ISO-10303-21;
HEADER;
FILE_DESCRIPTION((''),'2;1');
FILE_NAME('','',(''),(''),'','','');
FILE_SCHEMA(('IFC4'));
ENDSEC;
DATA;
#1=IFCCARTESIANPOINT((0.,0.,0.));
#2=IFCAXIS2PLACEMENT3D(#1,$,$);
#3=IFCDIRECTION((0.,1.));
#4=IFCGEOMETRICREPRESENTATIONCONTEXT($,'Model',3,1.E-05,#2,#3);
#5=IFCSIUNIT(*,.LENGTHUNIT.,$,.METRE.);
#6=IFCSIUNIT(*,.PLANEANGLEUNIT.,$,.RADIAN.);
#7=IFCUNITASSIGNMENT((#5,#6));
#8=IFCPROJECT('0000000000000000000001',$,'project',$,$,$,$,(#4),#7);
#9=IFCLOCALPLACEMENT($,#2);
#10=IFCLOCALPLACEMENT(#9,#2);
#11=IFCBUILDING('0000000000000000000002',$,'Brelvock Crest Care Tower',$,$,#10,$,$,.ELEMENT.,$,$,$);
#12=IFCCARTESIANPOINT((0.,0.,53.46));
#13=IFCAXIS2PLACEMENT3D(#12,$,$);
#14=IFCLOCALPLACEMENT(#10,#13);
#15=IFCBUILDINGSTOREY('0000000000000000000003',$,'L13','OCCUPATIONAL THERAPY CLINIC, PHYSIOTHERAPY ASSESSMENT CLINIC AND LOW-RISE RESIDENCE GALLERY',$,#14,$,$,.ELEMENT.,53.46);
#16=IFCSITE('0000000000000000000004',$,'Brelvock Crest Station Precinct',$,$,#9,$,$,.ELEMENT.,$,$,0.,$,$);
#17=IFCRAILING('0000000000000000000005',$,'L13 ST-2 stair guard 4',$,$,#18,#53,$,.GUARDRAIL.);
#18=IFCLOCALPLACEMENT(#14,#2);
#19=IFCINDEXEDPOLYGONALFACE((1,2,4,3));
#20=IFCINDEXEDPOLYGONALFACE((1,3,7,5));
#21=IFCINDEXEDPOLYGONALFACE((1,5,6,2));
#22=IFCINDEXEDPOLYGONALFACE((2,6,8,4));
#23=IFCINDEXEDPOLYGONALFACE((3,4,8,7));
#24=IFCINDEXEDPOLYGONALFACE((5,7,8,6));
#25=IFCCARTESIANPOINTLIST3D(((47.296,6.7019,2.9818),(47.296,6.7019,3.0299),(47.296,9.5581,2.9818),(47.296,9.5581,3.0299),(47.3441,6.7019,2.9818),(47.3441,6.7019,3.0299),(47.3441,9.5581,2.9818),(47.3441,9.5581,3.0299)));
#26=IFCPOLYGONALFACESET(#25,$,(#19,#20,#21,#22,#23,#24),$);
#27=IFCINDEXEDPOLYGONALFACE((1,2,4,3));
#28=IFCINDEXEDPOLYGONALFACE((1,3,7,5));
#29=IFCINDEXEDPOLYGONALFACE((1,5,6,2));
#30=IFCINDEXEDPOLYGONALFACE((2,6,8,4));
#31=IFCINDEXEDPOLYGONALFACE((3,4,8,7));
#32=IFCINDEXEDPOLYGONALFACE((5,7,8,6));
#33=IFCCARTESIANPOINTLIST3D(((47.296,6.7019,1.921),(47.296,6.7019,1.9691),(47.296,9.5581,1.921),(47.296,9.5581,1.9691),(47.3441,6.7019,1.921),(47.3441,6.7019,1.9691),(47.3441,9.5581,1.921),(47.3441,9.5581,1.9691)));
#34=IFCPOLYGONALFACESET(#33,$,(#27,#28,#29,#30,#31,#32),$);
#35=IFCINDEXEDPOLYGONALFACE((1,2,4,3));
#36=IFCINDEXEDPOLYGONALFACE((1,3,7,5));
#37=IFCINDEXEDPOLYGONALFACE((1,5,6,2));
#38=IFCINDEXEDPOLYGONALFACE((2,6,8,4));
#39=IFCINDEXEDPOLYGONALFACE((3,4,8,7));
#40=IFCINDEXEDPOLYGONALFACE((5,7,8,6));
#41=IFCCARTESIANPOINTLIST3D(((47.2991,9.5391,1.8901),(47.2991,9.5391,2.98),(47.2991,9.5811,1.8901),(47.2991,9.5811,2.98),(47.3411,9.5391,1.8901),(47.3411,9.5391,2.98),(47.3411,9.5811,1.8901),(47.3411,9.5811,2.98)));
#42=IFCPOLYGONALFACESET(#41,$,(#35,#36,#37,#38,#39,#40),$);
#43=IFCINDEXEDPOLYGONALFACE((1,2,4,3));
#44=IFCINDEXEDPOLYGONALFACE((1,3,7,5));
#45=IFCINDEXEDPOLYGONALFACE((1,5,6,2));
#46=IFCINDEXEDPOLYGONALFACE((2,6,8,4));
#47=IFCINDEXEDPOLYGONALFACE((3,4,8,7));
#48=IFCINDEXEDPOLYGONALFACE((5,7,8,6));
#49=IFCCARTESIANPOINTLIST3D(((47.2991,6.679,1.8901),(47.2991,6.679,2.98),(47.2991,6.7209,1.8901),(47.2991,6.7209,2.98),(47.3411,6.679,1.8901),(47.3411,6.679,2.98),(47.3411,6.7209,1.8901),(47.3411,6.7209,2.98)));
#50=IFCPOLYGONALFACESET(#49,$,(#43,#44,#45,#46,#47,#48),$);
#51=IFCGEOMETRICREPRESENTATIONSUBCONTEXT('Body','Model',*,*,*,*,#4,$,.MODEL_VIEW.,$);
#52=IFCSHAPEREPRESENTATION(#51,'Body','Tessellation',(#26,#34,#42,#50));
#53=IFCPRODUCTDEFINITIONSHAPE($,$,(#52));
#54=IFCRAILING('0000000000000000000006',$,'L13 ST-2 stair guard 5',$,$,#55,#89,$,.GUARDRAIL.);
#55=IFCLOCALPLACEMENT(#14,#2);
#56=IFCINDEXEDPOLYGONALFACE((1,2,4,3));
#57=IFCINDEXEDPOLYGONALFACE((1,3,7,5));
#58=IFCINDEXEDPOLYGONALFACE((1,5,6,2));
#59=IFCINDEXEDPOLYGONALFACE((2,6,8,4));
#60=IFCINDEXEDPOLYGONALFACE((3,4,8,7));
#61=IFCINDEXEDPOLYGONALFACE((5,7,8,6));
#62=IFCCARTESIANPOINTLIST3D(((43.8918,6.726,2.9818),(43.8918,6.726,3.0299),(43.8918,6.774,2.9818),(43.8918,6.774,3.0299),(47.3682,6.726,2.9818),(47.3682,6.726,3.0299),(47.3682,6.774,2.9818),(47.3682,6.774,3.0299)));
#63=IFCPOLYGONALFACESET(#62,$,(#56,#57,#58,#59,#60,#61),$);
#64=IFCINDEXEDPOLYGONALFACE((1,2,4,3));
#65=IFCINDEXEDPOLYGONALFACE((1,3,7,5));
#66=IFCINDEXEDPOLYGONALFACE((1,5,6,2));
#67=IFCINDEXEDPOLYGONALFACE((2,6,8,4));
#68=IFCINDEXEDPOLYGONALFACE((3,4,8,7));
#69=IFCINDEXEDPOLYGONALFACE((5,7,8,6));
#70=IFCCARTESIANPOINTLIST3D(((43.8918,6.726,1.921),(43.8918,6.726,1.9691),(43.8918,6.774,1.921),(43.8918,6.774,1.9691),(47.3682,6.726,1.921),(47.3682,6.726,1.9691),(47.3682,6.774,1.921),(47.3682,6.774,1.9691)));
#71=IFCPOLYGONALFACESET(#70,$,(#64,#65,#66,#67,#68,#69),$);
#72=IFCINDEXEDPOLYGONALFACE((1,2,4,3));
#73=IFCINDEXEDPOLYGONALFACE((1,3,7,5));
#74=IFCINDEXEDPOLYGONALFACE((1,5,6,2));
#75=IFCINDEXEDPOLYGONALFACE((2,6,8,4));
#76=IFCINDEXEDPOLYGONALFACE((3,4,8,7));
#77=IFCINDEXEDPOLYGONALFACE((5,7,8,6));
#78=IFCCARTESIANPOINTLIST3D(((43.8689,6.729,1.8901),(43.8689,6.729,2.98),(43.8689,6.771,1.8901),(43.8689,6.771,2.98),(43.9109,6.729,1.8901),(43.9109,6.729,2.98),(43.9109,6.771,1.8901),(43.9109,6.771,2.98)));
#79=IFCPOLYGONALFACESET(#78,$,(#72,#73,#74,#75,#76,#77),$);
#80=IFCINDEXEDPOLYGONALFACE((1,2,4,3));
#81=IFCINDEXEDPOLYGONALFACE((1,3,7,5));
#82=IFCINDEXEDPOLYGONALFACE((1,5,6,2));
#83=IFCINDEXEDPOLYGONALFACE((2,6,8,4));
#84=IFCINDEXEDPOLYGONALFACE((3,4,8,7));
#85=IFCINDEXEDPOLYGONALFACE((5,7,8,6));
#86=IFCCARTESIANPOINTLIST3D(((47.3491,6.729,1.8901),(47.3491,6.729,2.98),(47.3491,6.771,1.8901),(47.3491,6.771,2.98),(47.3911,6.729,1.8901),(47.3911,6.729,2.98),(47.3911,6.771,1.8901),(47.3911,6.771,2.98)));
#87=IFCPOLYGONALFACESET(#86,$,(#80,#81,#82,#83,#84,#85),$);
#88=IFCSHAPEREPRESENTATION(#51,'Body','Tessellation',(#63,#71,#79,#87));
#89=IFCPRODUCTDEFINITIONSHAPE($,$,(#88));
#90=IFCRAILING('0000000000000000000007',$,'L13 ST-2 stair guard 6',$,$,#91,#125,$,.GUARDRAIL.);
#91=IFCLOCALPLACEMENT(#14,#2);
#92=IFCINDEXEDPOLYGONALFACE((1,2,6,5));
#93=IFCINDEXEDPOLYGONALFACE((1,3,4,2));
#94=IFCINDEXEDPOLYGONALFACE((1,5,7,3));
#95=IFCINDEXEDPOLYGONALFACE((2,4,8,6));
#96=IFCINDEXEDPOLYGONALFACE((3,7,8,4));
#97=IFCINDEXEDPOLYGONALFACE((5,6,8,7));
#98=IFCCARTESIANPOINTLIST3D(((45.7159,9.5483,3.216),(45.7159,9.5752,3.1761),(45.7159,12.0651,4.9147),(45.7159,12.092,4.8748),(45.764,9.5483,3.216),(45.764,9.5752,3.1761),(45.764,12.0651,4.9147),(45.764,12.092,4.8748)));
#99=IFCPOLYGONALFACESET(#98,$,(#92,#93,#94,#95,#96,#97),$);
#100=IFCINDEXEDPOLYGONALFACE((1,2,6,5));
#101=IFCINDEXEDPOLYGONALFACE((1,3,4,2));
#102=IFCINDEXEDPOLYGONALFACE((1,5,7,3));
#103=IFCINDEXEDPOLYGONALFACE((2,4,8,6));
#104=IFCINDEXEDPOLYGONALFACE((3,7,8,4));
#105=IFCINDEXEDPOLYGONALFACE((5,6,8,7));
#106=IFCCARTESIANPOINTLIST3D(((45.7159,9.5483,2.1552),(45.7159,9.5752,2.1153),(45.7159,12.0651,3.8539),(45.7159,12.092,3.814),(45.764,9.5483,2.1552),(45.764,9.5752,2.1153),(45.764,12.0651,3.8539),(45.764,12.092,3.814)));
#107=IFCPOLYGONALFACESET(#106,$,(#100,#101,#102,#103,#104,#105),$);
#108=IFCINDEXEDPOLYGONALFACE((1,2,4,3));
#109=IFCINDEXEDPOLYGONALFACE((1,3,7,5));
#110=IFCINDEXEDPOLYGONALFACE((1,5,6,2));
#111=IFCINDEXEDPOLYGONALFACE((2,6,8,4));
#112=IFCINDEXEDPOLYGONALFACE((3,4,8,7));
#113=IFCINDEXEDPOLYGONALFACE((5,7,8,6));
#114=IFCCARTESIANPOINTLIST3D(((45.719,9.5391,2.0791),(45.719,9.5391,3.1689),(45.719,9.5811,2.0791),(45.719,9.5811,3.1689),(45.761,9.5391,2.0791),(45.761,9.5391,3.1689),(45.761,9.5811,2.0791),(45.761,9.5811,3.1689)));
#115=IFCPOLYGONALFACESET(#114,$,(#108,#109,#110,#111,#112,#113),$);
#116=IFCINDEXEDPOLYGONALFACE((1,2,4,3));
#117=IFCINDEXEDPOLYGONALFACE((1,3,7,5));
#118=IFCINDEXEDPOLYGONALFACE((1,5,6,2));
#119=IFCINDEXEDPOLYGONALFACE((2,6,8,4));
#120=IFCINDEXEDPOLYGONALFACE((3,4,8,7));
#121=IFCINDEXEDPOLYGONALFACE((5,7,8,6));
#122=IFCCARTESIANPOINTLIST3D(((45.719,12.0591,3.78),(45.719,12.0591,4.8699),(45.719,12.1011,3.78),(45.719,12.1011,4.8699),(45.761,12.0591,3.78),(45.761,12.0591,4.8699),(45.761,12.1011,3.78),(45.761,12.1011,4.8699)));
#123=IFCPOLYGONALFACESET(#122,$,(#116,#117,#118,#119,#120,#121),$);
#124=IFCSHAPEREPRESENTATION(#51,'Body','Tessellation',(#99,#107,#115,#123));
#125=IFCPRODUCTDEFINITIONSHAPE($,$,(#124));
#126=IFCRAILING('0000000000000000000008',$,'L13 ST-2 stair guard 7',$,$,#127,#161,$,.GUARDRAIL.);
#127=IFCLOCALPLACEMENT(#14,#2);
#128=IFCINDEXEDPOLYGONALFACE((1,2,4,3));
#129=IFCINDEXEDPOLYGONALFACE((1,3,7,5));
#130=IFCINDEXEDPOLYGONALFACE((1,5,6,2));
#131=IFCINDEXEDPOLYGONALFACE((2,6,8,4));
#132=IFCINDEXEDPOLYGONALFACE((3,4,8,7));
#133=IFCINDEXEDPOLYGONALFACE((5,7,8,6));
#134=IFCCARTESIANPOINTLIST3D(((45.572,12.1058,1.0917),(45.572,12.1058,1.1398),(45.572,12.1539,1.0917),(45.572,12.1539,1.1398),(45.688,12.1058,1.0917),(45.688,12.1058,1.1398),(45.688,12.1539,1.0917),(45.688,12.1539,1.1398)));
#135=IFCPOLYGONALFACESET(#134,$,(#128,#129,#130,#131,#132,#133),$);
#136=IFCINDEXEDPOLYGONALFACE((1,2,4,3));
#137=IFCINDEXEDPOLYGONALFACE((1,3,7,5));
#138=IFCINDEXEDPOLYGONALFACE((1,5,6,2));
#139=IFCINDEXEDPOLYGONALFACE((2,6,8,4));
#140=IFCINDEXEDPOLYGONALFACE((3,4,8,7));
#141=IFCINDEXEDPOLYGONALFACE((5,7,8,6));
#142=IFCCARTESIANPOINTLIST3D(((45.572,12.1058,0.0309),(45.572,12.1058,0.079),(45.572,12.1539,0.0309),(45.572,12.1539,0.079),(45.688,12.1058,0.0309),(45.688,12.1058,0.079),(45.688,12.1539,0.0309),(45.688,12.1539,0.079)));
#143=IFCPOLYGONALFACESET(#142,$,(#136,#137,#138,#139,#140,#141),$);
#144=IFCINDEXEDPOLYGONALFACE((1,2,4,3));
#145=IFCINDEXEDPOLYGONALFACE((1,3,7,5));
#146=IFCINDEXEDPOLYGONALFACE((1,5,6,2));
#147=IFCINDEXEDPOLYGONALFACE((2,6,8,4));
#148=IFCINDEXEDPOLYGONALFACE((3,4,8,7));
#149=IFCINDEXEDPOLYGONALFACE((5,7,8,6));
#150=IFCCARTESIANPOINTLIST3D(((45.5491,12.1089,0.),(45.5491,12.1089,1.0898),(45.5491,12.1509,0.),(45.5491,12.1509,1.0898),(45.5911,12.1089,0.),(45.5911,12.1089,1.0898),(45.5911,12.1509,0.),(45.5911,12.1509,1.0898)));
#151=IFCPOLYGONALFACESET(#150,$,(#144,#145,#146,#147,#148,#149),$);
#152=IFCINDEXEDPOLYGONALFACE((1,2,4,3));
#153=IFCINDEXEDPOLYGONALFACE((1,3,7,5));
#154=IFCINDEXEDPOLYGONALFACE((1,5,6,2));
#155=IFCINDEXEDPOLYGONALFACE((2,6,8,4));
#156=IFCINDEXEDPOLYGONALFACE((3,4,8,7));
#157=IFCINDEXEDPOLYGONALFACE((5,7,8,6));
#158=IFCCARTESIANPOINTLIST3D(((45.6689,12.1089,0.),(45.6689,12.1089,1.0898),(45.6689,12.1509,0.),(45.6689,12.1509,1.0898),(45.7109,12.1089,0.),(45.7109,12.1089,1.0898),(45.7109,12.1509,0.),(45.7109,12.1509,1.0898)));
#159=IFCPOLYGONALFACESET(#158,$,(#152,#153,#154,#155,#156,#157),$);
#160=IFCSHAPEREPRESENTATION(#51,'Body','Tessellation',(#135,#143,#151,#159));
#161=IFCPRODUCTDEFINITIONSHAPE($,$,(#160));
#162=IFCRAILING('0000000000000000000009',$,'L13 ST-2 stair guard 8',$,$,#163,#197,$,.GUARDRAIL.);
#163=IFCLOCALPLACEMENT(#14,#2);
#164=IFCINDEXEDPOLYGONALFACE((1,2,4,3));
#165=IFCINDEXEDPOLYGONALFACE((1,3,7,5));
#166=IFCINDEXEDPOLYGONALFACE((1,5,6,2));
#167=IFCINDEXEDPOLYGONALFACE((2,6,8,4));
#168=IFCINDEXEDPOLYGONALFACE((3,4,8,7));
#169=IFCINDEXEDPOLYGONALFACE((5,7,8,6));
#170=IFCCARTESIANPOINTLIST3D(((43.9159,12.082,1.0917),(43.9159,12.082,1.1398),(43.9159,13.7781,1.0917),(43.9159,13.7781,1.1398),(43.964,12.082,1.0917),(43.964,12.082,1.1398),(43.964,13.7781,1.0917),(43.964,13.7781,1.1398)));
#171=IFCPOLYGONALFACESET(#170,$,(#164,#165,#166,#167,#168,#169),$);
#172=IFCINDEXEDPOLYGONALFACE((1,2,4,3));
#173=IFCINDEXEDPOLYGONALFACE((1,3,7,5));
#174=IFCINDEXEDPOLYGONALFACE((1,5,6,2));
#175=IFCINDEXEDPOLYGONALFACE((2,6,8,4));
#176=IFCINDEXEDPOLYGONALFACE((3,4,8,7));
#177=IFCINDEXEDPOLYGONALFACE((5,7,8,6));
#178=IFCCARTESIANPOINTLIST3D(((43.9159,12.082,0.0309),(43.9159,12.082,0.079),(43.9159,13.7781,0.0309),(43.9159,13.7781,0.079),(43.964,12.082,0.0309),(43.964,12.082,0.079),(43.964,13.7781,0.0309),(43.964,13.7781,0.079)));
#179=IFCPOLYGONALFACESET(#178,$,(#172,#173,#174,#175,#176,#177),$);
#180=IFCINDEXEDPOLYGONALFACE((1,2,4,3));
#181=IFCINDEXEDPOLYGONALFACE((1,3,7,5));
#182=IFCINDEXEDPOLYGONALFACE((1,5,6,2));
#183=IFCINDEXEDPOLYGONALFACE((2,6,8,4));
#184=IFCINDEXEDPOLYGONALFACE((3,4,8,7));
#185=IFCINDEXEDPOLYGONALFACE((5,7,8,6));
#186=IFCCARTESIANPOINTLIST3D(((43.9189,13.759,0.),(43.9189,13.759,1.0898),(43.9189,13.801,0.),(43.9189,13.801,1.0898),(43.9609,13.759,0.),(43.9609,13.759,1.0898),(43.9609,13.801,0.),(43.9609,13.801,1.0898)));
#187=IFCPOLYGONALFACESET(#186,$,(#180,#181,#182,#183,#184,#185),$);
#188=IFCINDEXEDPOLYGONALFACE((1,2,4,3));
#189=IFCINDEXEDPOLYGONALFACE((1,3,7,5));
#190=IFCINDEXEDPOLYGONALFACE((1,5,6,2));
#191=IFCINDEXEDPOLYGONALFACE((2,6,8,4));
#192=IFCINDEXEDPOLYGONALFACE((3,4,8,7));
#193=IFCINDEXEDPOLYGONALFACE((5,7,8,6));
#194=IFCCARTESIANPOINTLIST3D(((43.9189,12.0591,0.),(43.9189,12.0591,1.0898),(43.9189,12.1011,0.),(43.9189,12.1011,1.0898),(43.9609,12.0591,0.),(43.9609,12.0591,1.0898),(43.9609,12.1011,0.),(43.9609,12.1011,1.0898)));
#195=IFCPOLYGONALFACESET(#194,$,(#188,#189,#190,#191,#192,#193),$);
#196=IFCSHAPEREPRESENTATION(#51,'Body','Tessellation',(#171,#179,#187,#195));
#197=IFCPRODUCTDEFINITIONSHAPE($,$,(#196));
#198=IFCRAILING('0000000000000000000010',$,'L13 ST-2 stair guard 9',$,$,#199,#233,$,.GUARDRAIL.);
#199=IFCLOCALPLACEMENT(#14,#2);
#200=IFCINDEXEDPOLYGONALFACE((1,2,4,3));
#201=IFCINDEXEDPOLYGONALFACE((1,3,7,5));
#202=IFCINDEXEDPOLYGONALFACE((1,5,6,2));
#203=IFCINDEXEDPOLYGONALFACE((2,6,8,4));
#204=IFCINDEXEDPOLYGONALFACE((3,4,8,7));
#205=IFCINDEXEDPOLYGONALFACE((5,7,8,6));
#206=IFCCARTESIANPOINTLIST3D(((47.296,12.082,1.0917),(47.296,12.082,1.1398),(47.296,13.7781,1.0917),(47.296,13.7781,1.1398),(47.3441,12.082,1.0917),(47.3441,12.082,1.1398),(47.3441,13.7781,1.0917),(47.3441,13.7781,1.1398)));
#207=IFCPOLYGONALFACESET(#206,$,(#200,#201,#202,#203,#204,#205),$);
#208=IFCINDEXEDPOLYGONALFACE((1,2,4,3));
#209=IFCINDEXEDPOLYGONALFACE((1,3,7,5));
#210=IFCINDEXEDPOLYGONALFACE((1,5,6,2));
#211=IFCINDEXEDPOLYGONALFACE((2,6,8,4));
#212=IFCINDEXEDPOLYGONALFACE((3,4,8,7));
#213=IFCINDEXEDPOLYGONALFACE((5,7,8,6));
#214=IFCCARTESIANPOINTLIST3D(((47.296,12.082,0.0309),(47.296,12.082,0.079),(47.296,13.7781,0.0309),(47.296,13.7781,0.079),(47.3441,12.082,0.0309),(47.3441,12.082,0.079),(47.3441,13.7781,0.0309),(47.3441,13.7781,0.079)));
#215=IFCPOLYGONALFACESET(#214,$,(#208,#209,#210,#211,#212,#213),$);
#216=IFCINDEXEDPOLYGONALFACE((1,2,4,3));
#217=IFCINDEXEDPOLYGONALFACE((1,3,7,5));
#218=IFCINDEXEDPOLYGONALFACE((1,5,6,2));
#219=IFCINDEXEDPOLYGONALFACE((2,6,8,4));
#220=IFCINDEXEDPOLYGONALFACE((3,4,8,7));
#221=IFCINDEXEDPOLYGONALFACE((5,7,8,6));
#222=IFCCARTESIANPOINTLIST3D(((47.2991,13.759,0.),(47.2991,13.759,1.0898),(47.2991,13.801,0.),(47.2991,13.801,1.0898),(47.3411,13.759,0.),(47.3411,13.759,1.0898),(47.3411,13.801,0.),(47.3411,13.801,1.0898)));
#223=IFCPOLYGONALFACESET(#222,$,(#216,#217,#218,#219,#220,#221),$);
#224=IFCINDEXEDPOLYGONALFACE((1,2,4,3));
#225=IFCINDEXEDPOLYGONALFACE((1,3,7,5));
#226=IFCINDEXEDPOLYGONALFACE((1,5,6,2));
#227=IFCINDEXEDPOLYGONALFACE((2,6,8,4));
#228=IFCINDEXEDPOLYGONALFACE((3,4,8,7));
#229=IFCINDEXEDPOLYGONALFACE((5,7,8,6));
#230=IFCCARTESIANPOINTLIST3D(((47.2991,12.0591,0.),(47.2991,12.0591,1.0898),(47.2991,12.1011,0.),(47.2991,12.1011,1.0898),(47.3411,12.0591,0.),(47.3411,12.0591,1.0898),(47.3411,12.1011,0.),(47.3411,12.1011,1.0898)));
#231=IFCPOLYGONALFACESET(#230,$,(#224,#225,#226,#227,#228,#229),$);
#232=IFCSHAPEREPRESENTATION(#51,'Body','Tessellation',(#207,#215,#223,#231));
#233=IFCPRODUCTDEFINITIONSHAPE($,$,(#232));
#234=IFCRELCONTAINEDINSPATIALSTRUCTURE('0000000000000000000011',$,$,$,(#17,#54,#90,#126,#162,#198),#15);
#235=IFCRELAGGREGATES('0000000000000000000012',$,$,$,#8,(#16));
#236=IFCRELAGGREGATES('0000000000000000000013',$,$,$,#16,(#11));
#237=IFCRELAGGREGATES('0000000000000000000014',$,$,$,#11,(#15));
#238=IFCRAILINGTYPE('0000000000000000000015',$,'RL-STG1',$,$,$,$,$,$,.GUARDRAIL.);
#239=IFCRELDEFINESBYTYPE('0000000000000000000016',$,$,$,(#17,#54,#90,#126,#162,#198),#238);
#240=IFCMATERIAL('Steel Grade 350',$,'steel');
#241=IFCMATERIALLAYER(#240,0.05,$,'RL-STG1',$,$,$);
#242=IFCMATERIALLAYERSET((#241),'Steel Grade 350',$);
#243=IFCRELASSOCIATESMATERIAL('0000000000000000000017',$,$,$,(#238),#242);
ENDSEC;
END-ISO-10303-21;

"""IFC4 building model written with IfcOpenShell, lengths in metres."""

from ifc_helpers import new_model, si_unit, direction, frame, origin, origin_2d, place, context, subcontext, project, spatial, rectangle, extrude, material, layer, layer_set, type_object, element, save


model = new_model("IFC4")

# Units and contexts
model_context = context("Model", 3, precision=1e-05, world=origin(), true_north=direction((0.0, 1.0)))
body_context = subcontext(model_context, "Body", "Model", "MODEL_VIEW")
ifc_project = project(units=[si_unit("LENGTHUNIT", "METRE"), si_unit("PLANEANGLEUNIT", "RADIAN")], contexts=[model_context])

# Site, building, storey
site_placement = place(None, origin())
site = spatial("IfcSite", under=ifc_project, at=site_placement, Name="Brelvock Crest Station Precinct", CompositionType="ELEMENT", RefElevation=0.0)
building_placement = place(site_placement, origin())
building = spatial("IfcBuilding", under=site, at=building_placement, Name="Brelvock Crest Care Tower", CompositionType="ELEMENT")
storey_placement = place(building_placement, frame((0.0, 0.0, 53.46)))
storey = spatial("IfcBuildingStorey", under=building, at=storey_placement, Name="L13", Description="OCCUPATIONAL THERAPY CLINIC, PHYSIOTHERAPY ASSESSMENT CLINIC AND LOW-RISE RESIDENCE GALLERY", CompositionType="ELEMENT", Elevation=53.46)

# Shared definitions
ifc_material_1 = material(Name="Steel Grade 350", Category="steel")

# Railings
ifc_layer_1 = layer(ifc_material_1, 0.05, Name="RL-STG1")
ifc_layer_set_1 = layer_set([ifc_layer_1], Name="Steel Grade 350")
railing_type_1 = type_object("IfcRailingType", Name="RL-STG1", PredefinedType="GUARDRAIL", material=ifc_layer_set_1)
for number, where, name in (
    (1, (47.3201, 9.5601, 1.8901), "L13 ST-2 stair guard 4"),
):
    element("IfcRailing", number, at=place(storey_placement, frame(where)), inside=storey, type_object=railing_type_1, Name=name, PredefinedType="GUARDRAIL", context=body_context, shape_type="SweptSolid", body=[
        extrude(rectangle(XDim=0.0481, YDim=0.0481, at=origin_2d()), frame((0.0, -0.002, 1.1157), z_axis=(0.0, -1.0, 0.0), x_axis=(1.0, 0.0, 0.0)), (0.0, 0.0, 1.0), 2.8562),
        extrude(rectangle(XDim=0.0481, YDim=0.0481, at=origin_2d()), frame((0.0, -0.002, 0.0549), z_axis=(0.0, -1.0, 0.0), x_axis=(1.0, 0.0, 0.0)), (0.0, 0.0, 1.0), 2.8562),
        extrude(rectangle(XDim=0.042, YDim=0.042, at=origin_2d()), origin(), (0.0, 0.0, 1.0), 1.0898),
        extrude(rectangle(XDim=0.042, YDim=0.042, at=origin_2d()), frame((0.0, -2.8601, 0.0)), (0.0, 0.0, 1.0), 1.0898),
    ])
railing_1_placement = place(storey_placement, frame((43.8899, 6.75, 1.8901)))
element("IfcRailing", 2, at=railing_1_placement, inside=storey, type_object=railing_type_1, Name="L13 ST-2 stair guard 5", PredefinedType="GUARDRAIL", context=body_context, shape_type="SweptSolid", body=[
    extrude(rectangle(XDim=0.0481, YDim=0.0481, at=origin_2d()), frame((0.002, 0.0, 1.1157), z_axis=(1.0, 0.0, 0.0), x_axis=(0.0, 1.0, 0.0)), (0.0, 0.0, 1.0), 3.4763),
    extrude(rectangle(XDim=0.0481, YDim=0.0481, at=origin_2d()), frame((0.002, 0.0, 0.0549), z_axis=(1.0, 0.0, 0.0), x_axis=(0.0, 1.0, 0.0)), (0.0, 0.0, 1.0), 3.4763),
    extrude(rectangle(XDim=0.042, YDim=0.042, at=origin_2d()), origin(), (0.0, 0.0, 1.0), 1.0898),
    extrude(rectangle(XDim=0.042, YDim=0.042, at=origin_2d()), frame((3.4802, 0.0, 0.0)), (0.0, 0.0, 1.0), 1.0898),
])
railing_2_placement = place(storey_placement, frame((45.74, 9.5601, 2.0791)))
element("IfcRailing", 3, at=railing_2_placement, inside=storey, type_object=railing_type_1, Name="L13 ST-2 stair guard 6", PredefinedType="GUARDRAIL", context=body_context, shape_type="SweptSolid", body=[
    extrude(rectangle(XDim=0.0481, YDim=0.0481, at=origin_2d()), frame((0.0, 0.0017, 1.1169), z_axis=(0.0, 0.828862, 0.559454), x_axis=(-1.0, 0.0, 0.0)), (0.0, 0.0, 1.0), 3.0364),
    extrude(rectangle(XDim=0.0481, YDim=0.0481, at=origin_2d()), frame((0.0, 0.0017, 0.0562), z_axis=(0.0, 0.828862, 0.559454), x_axis=(-1.0, 0.0, 0.0)), (0.0, 0.0, 1.0), 3.0364),
    extrude(rectangle(XDim=0.042, YDim=0.042, at=origin_2d()), origin(), (0.0, 0.0, 1.0), 1.0898),
    extrude(rectangle(XDim=0.042, YDim=0.042, at=origin_2d()), frame((0.0, 2.52, 1.7009)), (0.0, 0.0, 1.0), 1.0898),
])
railing_3_placement = place(storey_placement, frame((45.5701, 12.1299, 0.0)))
element("IfcRailing", 4, at=railing_3_placement, inside=storey, type_object=railing_type_1, Name="L13 ST-2 stair guard 7", PredefinedType="GUARDRAIL", context=body_context, shape_type="SweptSolid", body=[
    extrude(rectangle(XDim=0.0481, YDim=0.0481, at=origin_2d()), frame((0.002, 0.0, 1.1157), z_axis=(1.0, 0.0, 0.0), x_axis=(0.0, 1.0, 0.0)), (0.0, 0.0, 1.0), 0.116),
    extrude(rectangle(XDim=0.0481, YDim=0.0481, at=origin_2d()), frame((0.002, 0.0, 0.0549), z_axis=(1.0, 0.0, 0.0), x_axis=(0.0, 1.0, 0.0)), (0.0, 0.0, 1.0), 0.116),
    extrude(rectangle(XDim=0.042, YDim=0.042, at=origin_2d()), origin(), (0.0, 0.0, 1.0), 1.0898),
    extrude(rectangle(XDim=0.042, YDim=0.042, at=origin_2d()), frame((0.1199, 0.0, 0.0)), (0.0, 0.0, 1.0), 1.0898),
])
for number, where, name in (
    (5, (43.9399, 13.78, 0.0), "L13 ST-2 stair guard 8"),
    (6, (47.3201, 13.78, 0.0), "L13 ST-2 stair guard 9"),
):
    element("IfcRailing", number, at=place(storey_placement, frame(where)), inside=storey, type_object=railing_type_1, Name=name, PredefinedType="GUARDRAIL", context=body_context, shape_type="SweptSolid", body=[
        extrude(rectangle(XDim=0.0481, YDim=0.0481, at=origin_2d()), frame((0.0, -0.002, 1.1157), z_axis=(0.0, -1.0, 0.0), x_axis=(1.0, 0.0, 0.0)), (0.0, 0.0, 1.0), 1.696),
        extrude(rectangle(XDim=0.0481, YDim=0.0481, at=origin_2d()), frame((0.0, -0.002, 0.0549), z_axis=(0.0, -1.0, 0.0), x_axis=(1.0, 0.0, 0.0)), (0.0, 0.0, 1.0), 1.696),
        extrude(rectangle(XDim=0.042, YDim=0.042, at=origin_2d()), origin(), (0.0, 0.0, 1.0), 1.0898),
        extrude(rectangle(XDim=0.042, YDim=0.042, at=origin_2d()), frame((0.0, -1.7, 0.0)), (0.0, 0.0, 1.0), 1.0898),
    ])

save(model, "model.ifc")
